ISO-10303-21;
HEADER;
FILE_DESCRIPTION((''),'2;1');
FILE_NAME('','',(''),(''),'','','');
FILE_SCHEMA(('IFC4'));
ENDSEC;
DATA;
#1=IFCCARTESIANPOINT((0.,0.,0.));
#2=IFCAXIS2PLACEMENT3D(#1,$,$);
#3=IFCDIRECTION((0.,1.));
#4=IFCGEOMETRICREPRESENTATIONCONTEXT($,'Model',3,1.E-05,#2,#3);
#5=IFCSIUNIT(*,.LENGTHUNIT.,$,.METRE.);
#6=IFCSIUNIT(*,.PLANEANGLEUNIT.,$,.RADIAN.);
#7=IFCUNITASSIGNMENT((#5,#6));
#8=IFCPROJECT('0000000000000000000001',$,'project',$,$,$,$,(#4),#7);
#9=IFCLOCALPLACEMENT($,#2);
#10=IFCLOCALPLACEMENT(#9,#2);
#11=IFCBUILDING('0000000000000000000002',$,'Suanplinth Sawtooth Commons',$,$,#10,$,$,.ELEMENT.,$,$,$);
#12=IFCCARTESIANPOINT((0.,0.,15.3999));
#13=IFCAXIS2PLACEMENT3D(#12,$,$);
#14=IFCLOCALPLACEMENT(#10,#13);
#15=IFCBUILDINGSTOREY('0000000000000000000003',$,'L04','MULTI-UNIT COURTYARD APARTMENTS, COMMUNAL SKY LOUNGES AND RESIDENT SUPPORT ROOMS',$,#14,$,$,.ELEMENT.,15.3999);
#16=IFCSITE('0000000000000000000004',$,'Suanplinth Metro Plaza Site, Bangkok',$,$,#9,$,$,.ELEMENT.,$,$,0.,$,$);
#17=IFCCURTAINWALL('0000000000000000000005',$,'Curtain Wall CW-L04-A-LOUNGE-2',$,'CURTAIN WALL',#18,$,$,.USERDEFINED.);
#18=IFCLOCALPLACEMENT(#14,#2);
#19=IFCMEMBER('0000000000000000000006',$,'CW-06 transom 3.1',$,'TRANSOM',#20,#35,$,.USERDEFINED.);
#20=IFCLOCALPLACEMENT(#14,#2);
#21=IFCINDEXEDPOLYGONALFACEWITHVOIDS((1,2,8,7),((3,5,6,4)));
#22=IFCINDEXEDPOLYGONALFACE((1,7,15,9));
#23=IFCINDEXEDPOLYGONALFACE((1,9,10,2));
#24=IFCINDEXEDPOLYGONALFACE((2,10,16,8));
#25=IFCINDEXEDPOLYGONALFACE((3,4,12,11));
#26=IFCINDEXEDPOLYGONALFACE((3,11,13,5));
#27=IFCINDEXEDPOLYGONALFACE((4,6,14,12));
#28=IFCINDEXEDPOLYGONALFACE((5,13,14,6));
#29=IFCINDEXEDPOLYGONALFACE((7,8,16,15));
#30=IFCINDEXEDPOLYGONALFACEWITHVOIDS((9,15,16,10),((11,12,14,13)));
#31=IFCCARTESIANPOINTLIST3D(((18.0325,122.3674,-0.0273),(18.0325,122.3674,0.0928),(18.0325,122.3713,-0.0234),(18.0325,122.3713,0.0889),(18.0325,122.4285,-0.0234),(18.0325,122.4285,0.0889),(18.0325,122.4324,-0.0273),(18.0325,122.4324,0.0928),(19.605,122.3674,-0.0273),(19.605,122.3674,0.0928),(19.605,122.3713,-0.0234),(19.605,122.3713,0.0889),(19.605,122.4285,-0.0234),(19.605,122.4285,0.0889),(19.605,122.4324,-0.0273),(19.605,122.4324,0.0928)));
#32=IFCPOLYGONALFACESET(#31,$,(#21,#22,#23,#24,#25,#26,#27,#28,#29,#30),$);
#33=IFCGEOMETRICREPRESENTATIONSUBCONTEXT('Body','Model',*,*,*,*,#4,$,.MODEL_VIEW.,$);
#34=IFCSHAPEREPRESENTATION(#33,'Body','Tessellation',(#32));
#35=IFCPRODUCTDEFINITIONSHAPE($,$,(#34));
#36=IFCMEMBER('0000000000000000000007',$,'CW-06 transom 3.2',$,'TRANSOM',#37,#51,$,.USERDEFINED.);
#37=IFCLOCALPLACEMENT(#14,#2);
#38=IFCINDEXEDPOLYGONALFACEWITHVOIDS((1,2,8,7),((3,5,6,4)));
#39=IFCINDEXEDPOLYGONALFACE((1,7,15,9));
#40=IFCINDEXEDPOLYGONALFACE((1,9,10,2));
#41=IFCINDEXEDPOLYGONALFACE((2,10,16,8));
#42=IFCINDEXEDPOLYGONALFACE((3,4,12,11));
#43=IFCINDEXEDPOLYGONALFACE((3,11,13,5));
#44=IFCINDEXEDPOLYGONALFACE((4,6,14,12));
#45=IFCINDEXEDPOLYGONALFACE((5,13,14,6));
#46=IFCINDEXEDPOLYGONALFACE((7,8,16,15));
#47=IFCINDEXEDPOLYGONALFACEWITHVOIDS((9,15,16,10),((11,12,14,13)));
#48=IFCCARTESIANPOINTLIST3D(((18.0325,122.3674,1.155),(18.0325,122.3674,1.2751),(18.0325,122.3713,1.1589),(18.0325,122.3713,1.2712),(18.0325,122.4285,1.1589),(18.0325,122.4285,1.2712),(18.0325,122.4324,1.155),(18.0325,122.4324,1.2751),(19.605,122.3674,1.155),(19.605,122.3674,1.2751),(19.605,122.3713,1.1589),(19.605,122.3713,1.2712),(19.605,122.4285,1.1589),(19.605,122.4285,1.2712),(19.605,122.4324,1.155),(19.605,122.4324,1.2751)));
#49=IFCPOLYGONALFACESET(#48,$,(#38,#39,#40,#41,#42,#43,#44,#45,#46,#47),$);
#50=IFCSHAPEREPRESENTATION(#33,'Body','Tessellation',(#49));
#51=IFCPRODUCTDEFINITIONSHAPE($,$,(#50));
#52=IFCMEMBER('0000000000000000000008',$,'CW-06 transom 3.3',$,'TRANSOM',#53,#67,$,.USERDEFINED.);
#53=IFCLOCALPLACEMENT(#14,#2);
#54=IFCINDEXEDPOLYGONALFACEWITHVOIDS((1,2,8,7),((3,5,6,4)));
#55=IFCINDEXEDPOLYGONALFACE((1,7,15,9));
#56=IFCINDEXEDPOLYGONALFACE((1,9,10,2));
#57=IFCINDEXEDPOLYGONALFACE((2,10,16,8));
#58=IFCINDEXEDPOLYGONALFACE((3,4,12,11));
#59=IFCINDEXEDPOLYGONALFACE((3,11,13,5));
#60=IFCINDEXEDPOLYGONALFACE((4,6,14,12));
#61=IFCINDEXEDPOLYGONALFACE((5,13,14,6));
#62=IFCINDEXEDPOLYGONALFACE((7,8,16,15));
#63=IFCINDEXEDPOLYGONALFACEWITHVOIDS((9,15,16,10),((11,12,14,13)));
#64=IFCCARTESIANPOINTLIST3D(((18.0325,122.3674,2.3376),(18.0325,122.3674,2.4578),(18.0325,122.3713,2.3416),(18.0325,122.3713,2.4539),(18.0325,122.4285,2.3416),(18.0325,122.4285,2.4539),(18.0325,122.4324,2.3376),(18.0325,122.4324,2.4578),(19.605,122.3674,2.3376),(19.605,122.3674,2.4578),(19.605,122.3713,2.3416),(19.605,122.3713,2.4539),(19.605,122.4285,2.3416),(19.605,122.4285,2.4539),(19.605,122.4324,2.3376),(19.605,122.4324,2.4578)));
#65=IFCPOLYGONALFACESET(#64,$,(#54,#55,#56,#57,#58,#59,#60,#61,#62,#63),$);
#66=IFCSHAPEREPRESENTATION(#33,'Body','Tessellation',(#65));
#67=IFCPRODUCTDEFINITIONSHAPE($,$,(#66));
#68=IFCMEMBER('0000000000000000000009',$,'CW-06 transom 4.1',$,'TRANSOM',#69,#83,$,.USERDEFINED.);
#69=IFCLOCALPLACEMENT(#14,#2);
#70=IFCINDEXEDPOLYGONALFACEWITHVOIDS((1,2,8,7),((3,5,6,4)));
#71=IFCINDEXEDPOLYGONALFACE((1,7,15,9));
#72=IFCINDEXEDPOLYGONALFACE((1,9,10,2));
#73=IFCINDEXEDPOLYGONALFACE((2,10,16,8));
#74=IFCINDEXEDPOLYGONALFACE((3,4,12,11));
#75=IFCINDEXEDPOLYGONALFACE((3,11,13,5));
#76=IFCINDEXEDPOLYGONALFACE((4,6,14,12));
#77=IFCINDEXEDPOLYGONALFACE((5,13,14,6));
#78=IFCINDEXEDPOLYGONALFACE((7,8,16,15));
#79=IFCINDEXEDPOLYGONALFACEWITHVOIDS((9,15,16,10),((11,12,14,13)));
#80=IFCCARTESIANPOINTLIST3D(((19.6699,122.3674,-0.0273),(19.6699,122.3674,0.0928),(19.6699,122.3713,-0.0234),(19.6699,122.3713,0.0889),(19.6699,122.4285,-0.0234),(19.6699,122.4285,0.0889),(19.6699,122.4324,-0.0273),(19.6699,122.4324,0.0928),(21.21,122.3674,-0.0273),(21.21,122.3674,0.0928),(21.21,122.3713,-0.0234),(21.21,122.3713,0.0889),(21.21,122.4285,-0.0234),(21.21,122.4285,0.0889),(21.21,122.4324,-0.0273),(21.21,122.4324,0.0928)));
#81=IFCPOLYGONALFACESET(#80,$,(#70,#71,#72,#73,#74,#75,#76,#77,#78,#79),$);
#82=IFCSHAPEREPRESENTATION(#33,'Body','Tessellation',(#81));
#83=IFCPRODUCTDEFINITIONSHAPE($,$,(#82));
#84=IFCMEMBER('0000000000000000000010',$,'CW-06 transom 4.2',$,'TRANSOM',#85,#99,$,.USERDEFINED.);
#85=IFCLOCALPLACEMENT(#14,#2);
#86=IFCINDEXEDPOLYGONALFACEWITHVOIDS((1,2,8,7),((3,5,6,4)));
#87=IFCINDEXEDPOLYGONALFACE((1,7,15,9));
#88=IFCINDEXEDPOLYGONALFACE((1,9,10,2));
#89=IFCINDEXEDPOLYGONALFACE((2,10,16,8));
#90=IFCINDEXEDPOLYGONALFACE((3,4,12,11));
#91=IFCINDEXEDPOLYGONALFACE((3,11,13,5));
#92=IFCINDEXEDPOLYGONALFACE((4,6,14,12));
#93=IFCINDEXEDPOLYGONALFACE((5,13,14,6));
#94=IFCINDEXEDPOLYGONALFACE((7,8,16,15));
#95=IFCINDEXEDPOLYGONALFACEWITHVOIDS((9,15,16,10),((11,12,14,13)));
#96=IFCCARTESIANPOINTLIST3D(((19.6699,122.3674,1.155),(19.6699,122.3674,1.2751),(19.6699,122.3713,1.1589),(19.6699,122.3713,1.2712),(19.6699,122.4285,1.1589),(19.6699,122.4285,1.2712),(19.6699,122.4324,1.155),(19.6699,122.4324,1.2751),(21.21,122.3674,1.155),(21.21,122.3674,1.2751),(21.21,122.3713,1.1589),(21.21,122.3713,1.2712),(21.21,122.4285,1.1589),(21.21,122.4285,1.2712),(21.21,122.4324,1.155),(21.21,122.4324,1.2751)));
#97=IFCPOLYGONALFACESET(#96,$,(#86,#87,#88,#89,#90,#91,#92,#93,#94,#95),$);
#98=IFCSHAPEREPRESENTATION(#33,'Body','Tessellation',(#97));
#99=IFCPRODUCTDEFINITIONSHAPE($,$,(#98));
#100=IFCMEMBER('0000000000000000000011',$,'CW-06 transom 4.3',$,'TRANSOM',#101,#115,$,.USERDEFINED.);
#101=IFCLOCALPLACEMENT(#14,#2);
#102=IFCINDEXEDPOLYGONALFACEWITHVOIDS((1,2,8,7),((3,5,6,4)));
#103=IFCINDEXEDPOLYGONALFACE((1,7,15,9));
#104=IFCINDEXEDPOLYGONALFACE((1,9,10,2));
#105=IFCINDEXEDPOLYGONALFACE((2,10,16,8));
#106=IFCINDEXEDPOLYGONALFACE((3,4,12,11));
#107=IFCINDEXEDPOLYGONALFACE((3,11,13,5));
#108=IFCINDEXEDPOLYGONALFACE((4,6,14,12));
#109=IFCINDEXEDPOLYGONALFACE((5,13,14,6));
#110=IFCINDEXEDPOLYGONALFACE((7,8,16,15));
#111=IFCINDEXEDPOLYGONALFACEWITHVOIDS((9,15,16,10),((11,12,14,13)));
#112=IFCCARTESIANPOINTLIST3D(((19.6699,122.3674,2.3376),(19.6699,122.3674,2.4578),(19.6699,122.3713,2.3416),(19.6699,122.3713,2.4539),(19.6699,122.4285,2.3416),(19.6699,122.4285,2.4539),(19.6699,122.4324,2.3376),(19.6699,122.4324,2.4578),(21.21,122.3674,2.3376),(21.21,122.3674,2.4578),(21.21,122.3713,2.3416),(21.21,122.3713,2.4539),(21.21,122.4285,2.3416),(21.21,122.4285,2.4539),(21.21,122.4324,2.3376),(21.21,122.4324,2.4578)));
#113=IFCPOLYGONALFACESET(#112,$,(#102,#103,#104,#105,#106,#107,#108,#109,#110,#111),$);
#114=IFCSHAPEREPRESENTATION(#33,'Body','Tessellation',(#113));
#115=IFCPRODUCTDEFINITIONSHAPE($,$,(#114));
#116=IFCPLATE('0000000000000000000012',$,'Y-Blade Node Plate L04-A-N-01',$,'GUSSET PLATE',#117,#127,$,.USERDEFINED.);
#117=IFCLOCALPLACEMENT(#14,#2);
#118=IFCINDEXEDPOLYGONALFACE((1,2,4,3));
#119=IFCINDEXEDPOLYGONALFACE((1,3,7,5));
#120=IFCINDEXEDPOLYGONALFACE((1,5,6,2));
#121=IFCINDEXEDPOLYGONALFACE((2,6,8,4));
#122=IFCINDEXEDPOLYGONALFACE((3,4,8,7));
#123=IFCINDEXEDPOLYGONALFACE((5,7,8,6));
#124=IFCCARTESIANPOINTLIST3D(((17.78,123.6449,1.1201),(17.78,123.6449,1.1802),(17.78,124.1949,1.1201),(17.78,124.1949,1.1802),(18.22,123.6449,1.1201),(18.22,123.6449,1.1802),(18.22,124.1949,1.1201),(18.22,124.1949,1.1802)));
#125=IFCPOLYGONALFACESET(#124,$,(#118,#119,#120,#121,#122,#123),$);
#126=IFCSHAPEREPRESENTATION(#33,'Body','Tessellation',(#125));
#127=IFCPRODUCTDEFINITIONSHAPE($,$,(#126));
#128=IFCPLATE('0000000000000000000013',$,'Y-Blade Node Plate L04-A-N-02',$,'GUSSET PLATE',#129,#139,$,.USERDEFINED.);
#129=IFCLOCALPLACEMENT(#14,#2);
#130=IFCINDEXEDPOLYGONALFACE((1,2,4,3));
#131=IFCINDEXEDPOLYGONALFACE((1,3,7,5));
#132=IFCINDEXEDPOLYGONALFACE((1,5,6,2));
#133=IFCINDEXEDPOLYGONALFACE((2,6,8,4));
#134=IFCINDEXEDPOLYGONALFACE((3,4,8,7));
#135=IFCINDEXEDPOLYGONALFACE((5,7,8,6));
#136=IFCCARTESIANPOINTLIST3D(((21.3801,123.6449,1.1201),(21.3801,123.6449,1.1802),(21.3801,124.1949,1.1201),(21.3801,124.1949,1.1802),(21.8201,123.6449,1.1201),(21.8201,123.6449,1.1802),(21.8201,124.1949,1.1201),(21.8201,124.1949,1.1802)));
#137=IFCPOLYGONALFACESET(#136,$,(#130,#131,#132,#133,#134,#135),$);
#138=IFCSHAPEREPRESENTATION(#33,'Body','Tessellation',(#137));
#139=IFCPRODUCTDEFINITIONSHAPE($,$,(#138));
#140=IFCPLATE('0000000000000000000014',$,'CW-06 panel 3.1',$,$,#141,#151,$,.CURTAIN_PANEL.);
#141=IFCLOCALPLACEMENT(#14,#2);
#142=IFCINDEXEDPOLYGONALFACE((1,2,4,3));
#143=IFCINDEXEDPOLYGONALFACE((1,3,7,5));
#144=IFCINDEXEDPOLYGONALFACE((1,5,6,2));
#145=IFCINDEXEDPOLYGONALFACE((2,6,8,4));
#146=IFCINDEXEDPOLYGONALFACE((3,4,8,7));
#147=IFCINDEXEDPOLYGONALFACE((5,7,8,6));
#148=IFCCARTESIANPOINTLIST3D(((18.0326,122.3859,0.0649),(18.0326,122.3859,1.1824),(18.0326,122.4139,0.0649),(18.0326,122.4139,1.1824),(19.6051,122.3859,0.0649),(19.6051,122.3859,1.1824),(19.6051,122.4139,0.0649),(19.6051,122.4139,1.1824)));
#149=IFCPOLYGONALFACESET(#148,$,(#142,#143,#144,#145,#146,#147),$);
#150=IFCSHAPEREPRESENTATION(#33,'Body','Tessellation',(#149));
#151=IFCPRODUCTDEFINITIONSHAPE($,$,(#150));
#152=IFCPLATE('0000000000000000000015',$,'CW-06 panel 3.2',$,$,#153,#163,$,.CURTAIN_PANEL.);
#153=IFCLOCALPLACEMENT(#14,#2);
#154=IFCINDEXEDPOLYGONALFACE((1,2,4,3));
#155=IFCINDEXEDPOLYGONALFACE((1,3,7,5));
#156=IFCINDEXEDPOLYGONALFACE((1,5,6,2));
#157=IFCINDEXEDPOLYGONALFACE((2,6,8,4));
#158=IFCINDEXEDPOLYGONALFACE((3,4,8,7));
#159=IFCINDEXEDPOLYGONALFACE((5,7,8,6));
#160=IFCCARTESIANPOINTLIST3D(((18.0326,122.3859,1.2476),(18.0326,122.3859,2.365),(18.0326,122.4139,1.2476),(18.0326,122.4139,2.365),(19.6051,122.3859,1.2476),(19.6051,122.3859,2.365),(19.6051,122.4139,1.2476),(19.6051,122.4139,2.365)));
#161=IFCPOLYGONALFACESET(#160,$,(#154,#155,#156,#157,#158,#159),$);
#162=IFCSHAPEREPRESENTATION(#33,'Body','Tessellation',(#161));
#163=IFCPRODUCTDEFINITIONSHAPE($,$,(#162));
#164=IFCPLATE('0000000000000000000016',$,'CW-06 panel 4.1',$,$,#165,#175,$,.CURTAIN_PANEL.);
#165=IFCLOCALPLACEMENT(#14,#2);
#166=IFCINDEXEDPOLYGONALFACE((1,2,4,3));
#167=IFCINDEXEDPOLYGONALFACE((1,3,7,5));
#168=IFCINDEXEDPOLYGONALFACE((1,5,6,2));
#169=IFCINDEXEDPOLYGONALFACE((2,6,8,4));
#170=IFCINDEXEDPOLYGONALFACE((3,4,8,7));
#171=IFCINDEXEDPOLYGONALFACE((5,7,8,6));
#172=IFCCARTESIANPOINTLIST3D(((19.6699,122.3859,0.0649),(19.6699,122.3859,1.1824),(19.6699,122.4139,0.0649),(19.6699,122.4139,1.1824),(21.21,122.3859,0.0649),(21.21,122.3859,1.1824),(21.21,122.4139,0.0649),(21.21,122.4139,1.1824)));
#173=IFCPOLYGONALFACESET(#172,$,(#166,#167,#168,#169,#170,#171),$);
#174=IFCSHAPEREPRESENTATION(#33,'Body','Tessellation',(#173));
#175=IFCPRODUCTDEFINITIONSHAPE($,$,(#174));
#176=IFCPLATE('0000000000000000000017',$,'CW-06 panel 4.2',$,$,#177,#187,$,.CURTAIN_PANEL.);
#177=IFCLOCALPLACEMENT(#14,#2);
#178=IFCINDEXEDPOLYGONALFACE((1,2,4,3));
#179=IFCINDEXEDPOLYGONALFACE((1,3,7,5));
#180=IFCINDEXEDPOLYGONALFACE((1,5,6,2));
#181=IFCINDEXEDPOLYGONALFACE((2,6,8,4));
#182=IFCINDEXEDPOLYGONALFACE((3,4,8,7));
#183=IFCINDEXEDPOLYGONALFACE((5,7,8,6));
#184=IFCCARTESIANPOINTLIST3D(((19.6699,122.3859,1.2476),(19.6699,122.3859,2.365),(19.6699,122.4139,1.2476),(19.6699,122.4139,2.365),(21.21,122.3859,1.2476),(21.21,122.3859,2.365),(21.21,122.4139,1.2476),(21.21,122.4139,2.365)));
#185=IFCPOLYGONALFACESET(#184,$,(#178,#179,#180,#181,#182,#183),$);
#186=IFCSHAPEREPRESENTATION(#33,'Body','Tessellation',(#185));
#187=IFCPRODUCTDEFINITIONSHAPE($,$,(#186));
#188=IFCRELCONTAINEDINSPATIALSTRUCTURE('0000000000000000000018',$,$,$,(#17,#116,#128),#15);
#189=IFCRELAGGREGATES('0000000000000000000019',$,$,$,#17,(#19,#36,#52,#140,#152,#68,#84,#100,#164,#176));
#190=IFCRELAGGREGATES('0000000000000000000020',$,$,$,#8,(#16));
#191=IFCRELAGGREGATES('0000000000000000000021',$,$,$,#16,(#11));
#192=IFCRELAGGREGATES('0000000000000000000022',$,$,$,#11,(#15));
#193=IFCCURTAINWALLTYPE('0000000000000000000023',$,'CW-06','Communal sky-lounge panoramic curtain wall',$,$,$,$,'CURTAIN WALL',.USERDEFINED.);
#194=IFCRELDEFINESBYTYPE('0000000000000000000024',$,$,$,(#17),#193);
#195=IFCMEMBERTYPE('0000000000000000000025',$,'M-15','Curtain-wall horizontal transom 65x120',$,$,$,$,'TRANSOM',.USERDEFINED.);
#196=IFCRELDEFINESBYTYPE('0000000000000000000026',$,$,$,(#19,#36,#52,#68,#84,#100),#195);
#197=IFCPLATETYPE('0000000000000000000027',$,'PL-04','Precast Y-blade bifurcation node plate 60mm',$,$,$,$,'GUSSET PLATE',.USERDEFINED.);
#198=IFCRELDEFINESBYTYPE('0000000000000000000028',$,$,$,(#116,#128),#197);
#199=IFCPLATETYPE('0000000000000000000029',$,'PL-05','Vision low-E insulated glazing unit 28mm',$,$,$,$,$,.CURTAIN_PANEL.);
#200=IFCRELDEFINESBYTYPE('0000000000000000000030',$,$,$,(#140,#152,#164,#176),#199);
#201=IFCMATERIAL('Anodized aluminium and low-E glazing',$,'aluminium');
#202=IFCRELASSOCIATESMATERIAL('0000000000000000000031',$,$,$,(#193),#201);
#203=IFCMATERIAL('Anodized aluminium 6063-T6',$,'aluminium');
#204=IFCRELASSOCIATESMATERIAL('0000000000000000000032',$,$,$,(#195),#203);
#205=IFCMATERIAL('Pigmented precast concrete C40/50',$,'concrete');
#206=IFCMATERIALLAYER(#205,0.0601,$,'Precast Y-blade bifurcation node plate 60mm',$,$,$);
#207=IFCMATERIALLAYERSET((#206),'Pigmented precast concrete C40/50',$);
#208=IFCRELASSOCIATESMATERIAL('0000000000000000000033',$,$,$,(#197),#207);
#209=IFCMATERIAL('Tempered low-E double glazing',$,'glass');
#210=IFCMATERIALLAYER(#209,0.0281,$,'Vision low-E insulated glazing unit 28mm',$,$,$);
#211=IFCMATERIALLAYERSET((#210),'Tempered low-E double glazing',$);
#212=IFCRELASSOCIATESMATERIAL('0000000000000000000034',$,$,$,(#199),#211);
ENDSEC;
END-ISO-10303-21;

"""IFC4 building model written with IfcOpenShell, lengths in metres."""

from ifc_helpers import new_model, si_unit, direction, frame, origin, origin_2d, place, context, subcontext, project, spatial, rectangle, hollow_rectangle, extrude, material, layer, layer_set, material_profile, profile_set, type_object, element, aggregate, save


model = new_model("IFC4")

# Units and contexts
model_context = context("Model", 3, precision=1e-05, world=origin(), true_north=direction((0.0, 1.0)))
body_context = subcontext(model_context, "Body", "Model", "MODEL_VIEW")
ifc_project = project(units=[si_unit("LENGTHUNIT", "METRE"), si_unit("PLANEANGLEUNIT", "RADIAN")], contexts=[model_context])

# Site, building, storey
site_placement = place(None, origin())
site = spatial("IfcSite", under=ifc_project, at=site_placement, Name="Suanplinth Metro Plaza Site, Bangkok", CompositionType="ELEMENT", RefElevation=0.0)
building_placement = place(site_placement, origin())
building = spatial("IfcBuilding", under=site, at=building_placement, Name="Suanplinth Sawtooth Commons", CompositionType="ELEMENT")
storey_placement = place(building_placement, frame((0.0, 0.0, 15.3999)))
storey = spatial("IfcBuildingStorey", under=building, at=storey_placement, Name="L04", Description="MULTI-UNIT COURTYARD APARTMENTS, COMMUNAL SKY LOUNGES AND RESIDENT SUPPORT ROOMS", CompositionType="ELEMENT", Elevation=15.3999)

# Shared definitions
ifc_material_1 = material(Name="Pigmented precast concrete C40/50", Category="concrete")

# Curtain wall, members
ifc_material_2 = material(Name="Anodized aluminium and low-E glazing", Category="aluminium")
curtain_wall_type = type_object("IfcCurtainWallType", Name="CW-06", Description="Communal sky-lounge panoramic curtain wall", ElementType="CURTAIN WALL", PredefinedType="USERDEFINED", material=ifc_material_2)
curtain_wall_placement = place(storey_placement, origin())
curtain_wall = element("IfcCurtainWall", 1, at=curtain_wall_placement, inside=storey, type_object=curtain_wall_type, Name="Curtain Wall CW-L04-A-LOUNGE-2", ObjectType="CURTAIN WALL", PredefinedType="USERDEFINED")
ifc_material_3 = material(Name="Anodized aluminium 6063-T6", Category="aluminium")
ifc_material_profile_1 = material_profile(ifc_material_3, hollow_rectangle(XDim=0.0649, YDim=0.1201, WallThickness=0.0039, at=origin_2d()), Name="ALU-TRN 65x120")
ifc_profile_set_1 = profile_set([ifc_material_profile_1], Name="Anodized aluminium 6063-T6")
member_type_1 = type_object("IfcMemberType", Name="M-15", Description="Curtain-wall horizontal transom 65x120", ElementType="TRANSOM", PredefinedType="USERDEFINED", material=ifc_profile_set_1)
member_1_placement = place(storey_placement, frame((18.0325, 122.3999, 0.0327), z_axis=(1.0, 0.0, 0.0), x_axis=(0.0, 1.0, 0.0)))
member_1 = element("IfcMember", 2, at=member_1_placement, type_object=member_type_1, Name="CW-06 transom 3.1", ObjectType="TRANSOM", PredefinedType="USERDEFINED", context=body_context, shape_type="SweptSolid", body=[
    extrude(hollow_rectangle(XDim=0.0649, YDim=0.1201, WallThickness=0.0039, at=origin_2d()), origin(), (0.0, 0.0, 1.0), 1.5725),
])
member_2_placement = place(storey_placement, frame((18.0325, 122.3999, 1.2151), z_axis=(1.0, 0.0, 0.0), x_axis=(0.0, 1.0, 0.0)))
member_2 = element("IfcMember", 3, at=member_2_placement, type_object=member_type_1, Name="CW-06 transom 3.2", ObjectType="TRANSOM", PredefinedType="USERDEFINED", context=body_context, shape_type="SweptSolid", body=[
    extrude(hollow_rectangle(XDim=0.0649, YDim=0.1201, WallThickness=0.0039, at=origin_2d()), origin(), (0.0, 0.0, 1.0), 1.5725),
])
member_3_placement = place(storey_placement, frame((18.0325, 122.3999, 2.3977), z_axis=(1.0, 0.0, 0.0), x_axis=(0.0, 1.0, 0.0)))
member_3 = element("IfcMember", 4, at=member_3_placement, type_object=member_type_1, Name="CW-06 transom 3.3", ObjectType="TRANSOM", PredefinedType="USERDEFINED", context=body_context, shape_type="SweptSolid", body=[
    extrude(hollow_rectangle(XDim=0.0649, YDim=0.1201, WallThickness=0.0039, at=origin_2d()), origin(), (0.0, 0.0, 1.0), 1.5725),
])
member_4_placement = place(storey_placement, frame((19.6699, 122.3999, 0.0327), z_axis=(1.0, 0.0, 0.0), x_axis=(0.0, 1.0, 0.0)))
member_4 = element("IfcMember", 5, at=member_4_placement, type_object=member_type_1, Name="CW-06 transom 4.1", ObjectType="TRANSOM", PredefinedType="USERDEFINED", context=body_context, shape_type="SweptSolid", body=[
    extrude(hollow_rectangle(XDim=0.0649, YDim=0.1201, WallThickness=0.0039, at=origin_2d()), origin(), (0.0, 0.0, 1.0), 1.54),
])
member_5_placement = place(storey_placement, frame((19.6699, 122.3999, 1.2151), z_axis=(1.0, 0.0, 0.0), x_axis=(0.0, 1.0, 0.0)))
member_5 = element("IfcMember", 6, at=member_5_placement, type_object=member_type_1, Name="CW-06 transom 4.2", ObjectType="TRANSOM", PredefinedType="USERDEFINED", context=body_context, shape_type="SweptSolid", body=[
    extrude(hollow_rectangle(XDim=0.0649, YDim=0.1201, WallThickness=0.0039, at=origin_2d()), origin(), (0.0, 0.0, 1.0), 1.54),
])
member_6_placement = place(storey_placement, frame((19.6699, 122.3999, 2.3977), z_axis=(1.0, 0.0, 0.0), x_axis=(0.0, 1.0, 0.0)))
member_6 = element("IfcMember", 7, at=member_6_placement, type_object=member_type_1, Name="CW-06 transom 4.3", ObjectType="TRANSOM", PredefinedType="USERDEFINED", context=body_context, shape_type="SweptSolid", body=[
    extrude(hollow_rectangle(XDim=0.0649, YDim=0.1201, WallThickness=0.0039, at=origin_2d()), origin(), (0.0, 0.0, 1.0), 1.54),
])

# Plates
ifc_layer_1 = layer(ifc_material_1, 0.0601, Name="Precast Y-blade bifurcation node plate 60mm")
ifc_layer_set_1 = layer_set([ifc_layer_1], Name="Pigmented precast concrete C40/50")
plate_type_1 = type_object("IfcPlateType", Name="PL-04", Description="Precast Y-blade bifurcation node plate 60mm", ElementType="GUSSET PLATE", PredefinedType="USERDEFINED", material=ifc_layer_set_1)
for number, where, z_axis, x_axis, name in (
    (8, (18.0, 123.9199, 1.1201), (0.0, 0.0, 1.0), (1.0, 0.0, 0.0), "Y-Blade Node Plate L04-A-N-01"),
    (9, (21.6001, 123.9199, 1.1201), (0.0, 0.0, 1.0), (1.0, 0.0, 0.0), "Y-Blade Node Plate L04-A-N-02"),
):
    element("IfcPlate", number, at=place(storey_placement, frame(where, z_axis=z_axis, x_axis=x_axis)), inside=storey, type_object=plate_type_1, Name=name, ObjectType="GUSSET PLATE", PredefinedType="USERDEFINED", context=body_context, shape_type="SweptSolid", body=[
        extrude(rectangle(XDim=0.4399, YDim=0.55, at=origin_2d()), origin(), (0.0, 0.0, 1.0), 0.0601),
    ])

# Plates
ifc_material_4 = material(Name="Tempered low-E double glazing", Category="glass")
ifc_layer_2 = layer(ifc_material_4, 0.0281, Name="Vision low-E insulated glazing unit 28mm")
ifc_layer_set_2 = layer_set([ifc_layer_2], Name="Tempered low-E double glazing")
plate_type_2 = type_object("IfcPlateType", Name="PL-05", Description="Vision low-E insulated glazing unit 28mm", PredefinedType="CURTAIN_PANEL", material=ifc_layer_set_2)
plate_1_placement = place(storey_placement, frame((18.8188, 122.3999, 0.0649), z_axis=(0.0, 0.0, 1.0), x_axis=(1.0, 0.0, 0.0)))
plate_1 = element("IfcPlate", 10, at=plate_1_placement, type_object=plate_type_2, Name="CW-06 panel 3.1", PredefinedType="CURTAIN_PANEL", context=body_context, shape_type="SweptSolid", body=[
    extrude(rectangle(XDim=1.5725, YDim=0.0281, at=origin_2d()), origin(), (0.0, 0.0, 1.0), 1.1174),
])
plate_2_placement = place(storey_placement, frame((18.8188, 122.3999, 1.2476), z_axis=(0.0, 0.0, 1.0), x_axis=(1.0, 0.0, 0.0)))
plate_2 = element("IfcPlate", 11, at=plate_2_placement, type_object=plate_type_2, Name="CW-06 panel 3.2", PredefinedType="CURTAIN_PANEL", context=body_context, shape_type="SweptSolid", body=[
    extrude(rectangle(XDim=1.5725, YDim=0.0281, at=origin_2d()), origin(), (0.0, 0.0, 1.0), 1.1174),
])
plate_3_placement = place(storey_placement, frame((20.4399, 122.3999, 0.0649), z_axis=(0.0, 0.0, 1.0), x_axis=(1.0, 0.0, 0.0)))
plate_3 = element("IfcPlate", 12, at=plate_3_placement, type_object=plate_type_2, Name="CW-06 panel 4.1", PredefinedType="CURTAIN_PANEL", context=body_context, shape_type="SweptSolid", body=[
    extrude(rectangle(XDim=1.54, YDim=0.0281, at=origin_2d()), origin(), (0.0, 0.0, 1.0), 1.1174),
])
plate_4_placement = place(storey_placement, frame((20.4399, 122.3999, 1.2476), z_axis=(0.0, 0.0, 1.0), x_axis=(1.0, 0.0, 0.0)))
plate_4 = element("IfcPlate", 13, at=plate_4_placement, type_object=plate_type_2, Name="CW-06 panel 4.2", PredefinedType="CURTAIN_PANEL", context=body_context, shape_type="SweptSolid", body=[
    extrude(rectangle(XDim=1.54, YDim=0.0281, at=origin_2d()), origin(), (0.0, 0.0, 1.0), 1.1174),
])
aggregate(curtain_wall, [member_1, member_2, member_3, plate_1, plate_2, member_4, member_5, member_6, plate_3, plate_4])

save(model, "model.ifc")
